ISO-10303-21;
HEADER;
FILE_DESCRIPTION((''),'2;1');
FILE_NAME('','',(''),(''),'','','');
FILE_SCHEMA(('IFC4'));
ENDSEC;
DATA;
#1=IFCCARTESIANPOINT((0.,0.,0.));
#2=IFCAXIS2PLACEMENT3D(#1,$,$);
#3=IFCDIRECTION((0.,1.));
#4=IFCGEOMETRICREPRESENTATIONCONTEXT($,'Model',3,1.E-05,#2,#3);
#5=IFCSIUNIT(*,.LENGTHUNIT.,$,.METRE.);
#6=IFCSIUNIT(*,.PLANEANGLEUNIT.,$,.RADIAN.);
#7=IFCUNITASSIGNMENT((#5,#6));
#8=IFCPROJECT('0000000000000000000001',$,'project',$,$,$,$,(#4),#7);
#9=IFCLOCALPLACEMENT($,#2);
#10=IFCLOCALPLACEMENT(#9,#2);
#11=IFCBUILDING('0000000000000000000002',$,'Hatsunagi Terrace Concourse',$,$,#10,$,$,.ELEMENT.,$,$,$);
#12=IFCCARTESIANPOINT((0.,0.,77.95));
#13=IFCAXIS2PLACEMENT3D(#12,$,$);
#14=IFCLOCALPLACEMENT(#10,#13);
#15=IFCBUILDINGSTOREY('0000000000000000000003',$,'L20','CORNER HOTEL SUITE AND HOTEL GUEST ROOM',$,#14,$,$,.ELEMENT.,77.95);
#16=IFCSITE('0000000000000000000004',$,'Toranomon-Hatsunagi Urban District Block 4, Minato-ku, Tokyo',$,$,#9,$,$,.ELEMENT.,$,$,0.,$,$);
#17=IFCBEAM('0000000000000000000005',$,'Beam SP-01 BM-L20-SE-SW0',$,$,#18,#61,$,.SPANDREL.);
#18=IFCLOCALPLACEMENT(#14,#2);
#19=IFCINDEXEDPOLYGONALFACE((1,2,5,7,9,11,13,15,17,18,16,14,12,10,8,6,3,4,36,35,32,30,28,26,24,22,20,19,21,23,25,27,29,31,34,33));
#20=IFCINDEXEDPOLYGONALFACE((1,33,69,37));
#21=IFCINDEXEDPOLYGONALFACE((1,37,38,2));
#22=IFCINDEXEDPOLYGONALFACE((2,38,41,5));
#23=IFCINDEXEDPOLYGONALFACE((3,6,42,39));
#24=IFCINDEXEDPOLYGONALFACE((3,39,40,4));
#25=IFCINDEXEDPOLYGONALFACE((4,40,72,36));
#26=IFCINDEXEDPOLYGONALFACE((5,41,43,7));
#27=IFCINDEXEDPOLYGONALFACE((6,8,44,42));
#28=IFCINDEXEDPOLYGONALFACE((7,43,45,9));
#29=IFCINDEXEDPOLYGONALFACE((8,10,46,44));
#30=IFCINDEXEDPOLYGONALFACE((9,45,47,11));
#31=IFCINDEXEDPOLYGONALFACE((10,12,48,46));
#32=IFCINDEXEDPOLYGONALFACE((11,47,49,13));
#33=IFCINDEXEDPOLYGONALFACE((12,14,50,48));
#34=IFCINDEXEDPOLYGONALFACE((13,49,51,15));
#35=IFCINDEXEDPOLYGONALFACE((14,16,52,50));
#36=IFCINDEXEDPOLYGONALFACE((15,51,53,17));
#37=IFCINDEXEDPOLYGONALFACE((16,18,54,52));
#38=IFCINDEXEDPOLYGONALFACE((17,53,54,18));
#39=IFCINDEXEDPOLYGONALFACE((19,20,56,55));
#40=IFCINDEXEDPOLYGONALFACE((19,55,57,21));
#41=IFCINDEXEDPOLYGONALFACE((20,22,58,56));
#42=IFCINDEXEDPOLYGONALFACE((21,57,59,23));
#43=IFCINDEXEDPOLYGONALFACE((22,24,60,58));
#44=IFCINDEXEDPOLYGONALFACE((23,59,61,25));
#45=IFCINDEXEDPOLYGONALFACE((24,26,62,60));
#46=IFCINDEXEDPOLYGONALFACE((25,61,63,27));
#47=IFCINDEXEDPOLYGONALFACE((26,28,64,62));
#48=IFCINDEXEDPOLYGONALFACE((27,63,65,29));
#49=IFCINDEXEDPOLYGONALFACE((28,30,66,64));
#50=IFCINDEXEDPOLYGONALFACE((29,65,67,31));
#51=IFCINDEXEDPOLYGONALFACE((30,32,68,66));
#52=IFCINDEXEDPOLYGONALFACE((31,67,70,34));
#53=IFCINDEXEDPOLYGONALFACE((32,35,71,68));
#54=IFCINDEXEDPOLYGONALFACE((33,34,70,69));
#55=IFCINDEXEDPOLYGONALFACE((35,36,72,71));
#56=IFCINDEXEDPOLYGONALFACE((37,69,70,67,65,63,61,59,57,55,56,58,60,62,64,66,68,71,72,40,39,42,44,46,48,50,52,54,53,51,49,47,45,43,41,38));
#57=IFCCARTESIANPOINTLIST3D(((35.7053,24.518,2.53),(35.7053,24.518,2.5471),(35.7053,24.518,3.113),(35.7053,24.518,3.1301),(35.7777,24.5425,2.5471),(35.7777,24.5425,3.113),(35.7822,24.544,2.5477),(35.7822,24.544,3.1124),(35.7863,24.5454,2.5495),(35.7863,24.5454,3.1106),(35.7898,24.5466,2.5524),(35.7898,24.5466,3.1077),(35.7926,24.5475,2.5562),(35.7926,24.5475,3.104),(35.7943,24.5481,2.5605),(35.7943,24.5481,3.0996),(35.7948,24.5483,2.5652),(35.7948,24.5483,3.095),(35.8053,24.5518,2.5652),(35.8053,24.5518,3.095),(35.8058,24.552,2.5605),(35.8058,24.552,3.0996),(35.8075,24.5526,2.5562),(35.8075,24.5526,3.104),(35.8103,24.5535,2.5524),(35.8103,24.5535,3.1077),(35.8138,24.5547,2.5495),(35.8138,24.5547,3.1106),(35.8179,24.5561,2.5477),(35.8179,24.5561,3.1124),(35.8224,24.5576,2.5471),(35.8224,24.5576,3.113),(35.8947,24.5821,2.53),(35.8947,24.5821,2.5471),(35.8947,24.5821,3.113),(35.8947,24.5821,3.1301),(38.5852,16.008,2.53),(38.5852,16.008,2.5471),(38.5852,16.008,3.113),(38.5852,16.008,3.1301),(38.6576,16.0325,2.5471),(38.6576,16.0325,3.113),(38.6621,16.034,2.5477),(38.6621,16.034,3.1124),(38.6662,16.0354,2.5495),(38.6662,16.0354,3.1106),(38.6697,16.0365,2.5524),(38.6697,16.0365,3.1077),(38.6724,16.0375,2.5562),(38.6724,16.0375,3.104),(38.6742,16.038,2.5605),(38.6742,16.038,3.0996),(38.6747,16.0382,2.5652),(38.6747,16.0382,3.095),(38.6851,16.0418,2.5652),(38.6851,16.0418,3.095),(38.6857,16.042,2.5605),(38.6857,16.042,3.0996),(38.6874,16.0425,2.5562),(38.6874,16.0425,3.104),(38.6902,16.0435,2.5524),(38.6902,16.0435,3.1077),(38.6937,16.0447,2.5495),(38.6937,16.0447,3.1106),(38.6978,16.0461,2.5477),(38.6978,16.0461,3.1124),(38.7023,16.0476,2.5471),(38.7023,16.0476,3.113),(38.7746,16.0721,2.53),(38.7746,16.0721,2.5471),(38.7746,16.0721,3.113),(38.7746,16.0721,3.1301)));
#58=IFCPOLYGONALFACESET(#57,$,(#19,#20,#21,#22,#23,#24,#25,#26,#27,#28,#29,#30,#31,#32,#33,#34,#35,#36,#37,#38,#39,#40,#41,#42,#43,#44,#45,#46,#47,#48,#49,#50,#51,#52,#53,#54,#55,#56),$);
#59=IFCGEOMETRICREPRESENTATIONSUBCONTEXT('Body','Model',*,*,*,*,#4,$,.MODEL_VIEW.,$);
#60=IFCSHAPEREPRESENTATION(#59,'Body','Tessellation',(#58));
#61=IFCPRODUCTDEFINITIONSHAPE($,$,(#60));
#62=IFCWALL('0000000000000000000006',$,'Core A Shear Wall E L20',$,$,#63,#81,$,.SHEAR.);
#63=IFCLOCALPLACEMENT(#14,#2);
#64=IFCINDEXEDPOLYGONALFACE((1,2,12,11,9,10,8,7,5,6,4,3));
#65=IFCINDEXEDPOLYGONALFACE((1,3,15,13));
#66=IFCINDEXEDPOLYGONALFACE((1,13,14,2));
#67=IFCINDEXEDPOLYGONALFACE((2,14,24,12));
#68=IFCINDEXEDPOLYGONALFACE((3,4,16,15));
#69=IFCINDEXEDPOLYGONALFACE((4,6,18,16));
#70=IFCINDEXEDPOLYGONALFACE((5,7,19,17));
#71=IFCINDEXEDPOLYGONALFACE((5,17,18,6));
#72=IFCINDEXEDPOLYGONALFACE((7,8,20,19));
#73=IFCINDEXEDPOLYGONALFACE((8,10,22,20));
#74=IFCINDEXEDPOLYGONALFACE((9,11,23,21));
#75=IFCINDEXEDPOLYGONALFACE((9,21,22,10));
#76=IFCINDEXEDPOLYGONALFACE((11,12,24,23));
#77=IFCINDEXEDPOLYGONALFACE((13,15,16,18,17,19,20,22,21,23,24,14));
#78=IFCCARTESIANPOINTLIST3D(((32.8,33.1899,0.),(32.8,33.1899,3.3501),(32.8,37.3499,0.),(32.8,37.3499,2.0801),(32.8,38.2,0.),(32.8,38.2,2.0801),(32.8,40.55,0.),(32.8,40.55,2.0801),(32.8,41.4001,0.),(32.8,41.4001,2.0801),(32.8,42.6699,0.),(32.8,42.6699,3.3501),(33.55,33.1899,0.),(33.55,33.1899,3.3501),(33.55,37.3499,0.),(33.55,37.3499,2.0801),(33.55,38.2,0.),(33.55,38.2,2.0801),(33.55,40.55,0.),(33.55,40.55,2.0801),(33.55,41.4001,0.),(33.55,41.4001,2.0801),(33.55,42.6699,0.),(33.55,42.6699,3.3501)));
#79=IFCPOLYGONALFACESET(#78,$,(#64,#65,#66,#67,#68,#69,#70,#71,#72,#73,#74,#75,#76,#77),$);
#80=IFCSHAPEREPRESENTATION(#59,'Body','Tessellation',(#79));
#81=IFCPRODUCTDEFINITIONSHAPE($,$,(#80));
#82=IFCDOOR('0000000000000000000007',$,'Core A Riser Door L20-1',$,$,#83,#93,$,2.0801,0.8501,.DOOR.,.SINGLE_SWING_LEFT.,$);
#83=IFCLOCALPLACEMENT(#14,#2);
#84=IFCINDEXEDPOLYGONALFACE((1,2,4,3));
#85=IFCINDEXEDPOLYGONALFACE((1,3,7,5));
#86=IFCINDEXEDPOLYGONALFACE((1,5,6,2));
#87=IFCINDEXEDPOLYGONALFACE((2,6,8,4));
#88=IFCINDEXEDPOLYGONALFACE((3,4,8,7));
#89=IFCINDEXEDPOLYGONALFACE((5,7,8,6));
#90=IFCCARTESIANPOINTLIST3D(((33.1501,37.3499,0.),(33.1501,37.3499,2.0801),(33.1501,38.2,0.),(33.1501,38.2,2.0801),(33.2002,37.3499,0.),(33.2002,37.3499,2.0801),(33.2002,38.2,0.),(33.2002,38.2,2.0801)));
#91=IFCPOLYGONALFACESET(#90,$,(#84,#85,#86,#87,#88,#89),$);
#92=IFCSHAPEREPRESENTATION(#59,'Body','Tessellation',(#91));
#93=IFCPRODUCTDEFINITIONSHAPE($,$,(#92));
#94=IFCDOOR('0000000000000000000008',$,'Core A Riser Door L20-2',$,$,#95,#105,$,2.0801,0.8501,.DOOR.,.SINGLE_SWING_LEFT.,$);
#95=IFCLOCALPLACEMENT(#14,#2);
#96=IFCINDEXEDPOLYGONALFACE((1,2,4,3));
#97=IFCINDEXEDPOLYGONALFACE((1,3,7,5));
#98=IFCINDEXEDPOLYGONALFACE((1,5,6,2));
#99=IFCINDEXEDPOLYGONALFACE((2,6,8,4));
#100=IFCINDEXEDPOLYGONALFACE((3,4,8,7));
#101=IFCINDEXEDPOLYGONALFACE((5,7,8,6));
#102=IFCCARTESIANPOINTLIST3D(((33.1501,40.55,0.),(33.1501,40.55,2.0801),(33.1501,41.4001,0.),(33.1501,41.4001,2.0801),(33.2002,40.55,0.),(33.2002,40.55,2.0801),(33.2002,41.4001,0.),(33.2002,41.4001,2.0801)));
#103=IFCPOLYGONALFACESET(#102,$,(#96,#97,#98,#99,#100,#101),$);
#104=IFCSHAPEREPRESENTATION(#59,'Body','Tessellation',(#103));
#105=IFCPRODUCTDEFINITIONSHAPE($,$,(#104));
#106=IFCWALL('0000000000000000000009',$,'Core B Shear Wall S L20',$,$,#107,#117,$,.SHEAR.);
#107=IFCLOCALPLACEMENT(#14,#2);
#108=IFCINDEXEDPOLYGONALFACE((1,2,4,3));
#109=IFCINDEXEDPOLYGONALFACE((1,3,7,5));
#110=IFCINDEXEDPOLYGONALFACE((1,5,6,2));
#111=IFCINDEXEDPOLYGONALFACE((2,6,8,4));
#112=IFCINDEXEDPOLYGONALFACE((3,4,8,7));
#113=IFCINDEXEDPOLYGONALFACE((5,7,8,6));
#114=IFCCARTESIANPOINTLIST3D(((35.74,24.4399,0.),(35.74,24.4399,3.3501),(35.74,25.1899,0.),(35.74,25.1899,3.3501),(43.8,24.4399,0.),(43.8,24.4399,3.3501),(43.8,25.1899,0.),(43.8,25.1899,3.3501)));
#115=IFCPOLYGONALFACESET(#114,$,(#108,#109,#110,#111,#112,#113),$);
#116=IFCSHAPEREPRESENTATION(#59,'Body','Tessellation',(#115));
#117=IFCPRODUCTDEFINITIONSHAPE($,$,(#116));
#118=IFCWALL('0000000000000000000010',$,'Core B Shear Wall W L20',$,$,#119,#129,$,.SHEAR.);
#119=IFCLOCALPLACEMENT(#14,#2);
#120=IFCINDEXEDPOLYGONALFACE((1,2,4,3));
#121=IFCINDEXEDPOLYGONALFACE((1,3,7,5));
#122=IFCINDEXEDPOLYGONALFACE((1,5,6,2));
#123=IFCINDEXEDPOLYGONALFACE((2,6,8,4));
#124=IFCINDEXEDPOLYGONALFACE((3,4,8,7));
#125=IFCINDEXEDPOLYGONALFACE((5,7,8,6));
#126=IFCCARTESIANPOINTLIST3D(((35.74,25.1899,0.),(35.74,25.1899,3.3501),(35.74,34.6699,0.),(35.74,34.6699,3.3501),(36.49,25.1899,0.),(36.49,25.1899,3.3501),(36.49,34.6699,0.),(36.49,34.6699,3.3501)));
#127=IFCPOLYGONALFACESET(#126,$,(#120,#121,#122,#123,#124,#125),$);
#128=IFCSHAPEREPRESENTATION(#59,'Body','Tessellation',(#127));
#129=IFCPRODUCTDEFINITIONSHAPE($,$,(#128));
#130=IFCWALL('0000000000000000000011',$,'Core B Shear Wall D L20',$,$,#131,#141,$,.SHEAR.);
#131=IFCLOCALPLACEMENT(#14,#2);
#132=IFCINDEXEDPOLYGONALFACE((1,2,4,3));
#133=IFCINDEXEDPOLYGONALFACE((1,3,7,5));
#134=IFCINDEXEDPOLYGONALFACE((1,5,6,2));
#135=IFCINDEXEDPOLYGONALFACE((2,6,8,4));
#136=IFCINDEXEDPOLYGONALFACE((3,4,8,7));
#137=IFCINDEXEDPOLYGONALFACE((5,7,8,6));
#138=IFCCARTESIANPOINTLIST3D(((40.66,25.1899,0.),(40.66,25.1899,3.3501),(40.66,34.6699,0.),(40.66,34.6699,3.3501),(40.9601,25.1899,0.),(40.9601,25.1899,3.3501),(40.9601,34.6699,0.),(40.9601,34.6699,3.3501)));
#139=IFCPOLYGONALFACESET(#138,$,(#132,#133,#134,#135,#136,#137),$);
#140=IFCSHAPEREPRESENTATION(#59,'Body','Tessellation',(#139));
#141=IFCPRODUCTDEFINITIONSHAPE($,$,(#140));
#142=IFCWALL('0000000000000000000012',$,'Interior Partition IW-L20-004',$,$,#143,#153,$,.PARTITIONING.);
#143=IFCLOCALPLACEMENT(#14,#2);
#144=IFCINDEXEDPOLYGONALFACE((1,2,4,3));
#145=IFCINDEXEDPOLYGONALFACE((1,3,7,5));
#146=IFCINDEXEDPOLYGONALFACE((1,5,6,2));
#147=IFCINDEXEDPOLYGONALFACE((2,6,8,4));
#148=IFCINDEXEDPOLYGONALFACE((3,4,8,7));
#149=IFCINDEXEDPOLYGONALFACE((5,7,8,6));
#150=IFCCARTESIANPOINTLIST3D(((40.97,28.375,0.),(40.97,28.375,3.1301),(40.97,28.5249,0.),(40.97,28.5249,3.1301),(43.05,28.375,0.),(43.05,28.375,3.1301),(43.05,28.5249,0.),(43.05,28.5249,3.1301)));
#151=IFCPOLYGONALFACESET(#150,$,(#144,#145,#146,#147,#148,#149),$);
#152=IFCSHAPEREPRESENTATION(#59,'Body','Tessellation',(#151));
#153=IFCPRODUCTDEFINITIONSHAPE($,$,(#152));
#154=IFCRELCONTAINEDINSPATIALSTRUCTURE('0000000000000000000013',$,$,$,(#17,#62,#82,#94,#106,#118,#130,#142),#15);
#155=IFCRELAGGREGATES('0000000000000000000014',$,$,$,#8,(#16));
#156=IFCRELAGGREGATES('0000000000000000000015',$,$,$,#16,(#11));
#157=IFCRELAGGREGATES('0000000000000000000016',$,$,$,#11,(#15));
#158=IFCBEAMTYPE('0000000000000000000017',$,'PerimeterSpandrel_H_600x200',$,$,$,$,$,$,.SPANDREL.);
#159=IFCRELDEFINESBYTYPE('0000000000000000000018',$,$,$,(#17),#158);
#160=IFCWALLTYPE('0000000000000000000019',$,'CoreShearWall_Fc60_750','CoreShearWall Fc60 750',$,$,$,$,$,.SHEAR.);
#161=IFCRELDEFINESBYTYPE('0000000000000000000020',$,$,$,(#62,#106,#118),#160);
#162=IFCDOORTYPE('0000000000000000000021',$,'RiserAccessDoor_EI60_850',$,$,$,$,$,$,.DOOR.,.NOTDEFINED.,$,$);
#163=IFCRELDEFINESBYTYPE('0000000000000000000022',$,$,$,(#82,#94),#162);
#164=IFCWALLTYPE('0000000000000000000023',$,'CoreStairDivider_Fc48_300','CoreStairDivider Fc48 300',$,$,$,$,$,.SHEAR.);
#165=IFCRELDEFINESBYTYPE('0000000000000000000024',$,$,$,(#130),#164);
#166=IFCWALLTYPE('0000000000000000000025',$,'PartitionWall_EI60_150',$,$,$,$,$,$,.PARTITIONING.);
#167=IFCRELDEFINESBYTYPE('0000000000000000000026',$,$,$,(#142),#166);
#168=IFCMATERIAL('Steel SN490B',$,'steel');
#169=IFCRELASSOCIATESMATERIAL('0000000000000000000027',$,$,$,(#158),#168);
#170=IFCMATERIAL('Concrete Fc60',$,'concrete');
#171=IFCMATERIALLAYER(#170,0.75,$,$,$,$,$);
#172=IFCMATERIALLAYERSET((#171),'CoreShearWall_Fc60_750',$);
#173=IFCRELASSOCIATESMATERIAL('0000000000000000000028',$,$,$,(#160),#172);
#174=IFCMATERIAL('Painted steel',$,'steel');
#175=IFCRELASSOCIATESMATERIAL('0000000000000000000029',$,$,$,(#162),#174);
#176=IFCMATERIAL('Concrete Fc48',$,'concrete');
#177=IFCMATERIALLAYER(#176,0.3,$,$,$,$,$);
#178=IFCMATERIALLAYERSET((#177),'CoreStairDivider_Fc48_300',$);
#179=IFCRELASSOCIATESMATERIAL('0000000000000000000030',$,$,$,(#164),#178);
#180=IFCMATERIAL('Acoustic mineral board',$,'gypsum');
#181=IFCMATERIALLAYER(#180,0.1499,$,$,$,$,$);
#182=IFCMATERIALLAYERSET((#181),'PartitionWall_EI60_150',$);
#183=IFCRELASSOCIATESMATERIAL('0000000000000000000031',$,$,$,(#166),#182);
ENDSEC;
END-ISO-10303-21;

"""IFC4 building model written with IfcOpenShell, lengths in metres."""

from ifc_helpers import new_model, si_unit, direction, frame, frame_2d, origin, origin_2d, place, context, subcontext, project, spatial, rectangle, i_section, extrude, material, layer, layer_set, material_profile, profile_set, type_object, element, fill, save


model = new_model("IFC4")

# Units and contexts
model_context = context("Model", 3, precision=1e-05, world=origin(), true_north=direction((0.0, 1.0)))
body_context = subcontext(model_context, "Body", "Model", "MODEL_VIEW")
ifc_project = project(units=[si_unit("LENGTHUNIT", "METRE"), si_unit("PLANEANGLEUNIT", "RADIAN")], contexts=[model_context])

# Site, building, storey
site_placement = place(None, origin())
site = spatial("IfcSite", under=ifc_project, at=site_placement, Name="Toranomon-Hatsunagi Urban District Block 4, Minato-ku, Tokyo", CompositionType="ELEMENT", RefElevation=0.0)
building_placement = place(site_placement, origin())
building = spatial("IfcBuilding", under=site, at=building_placement, Name="Hatsunagi Terrace Concourse", CompositionType="ELEMENT")
storey_placement = place(building_placement, frame((0.0, 0.0, 77.95)))
storey = spatial("IfcBuildingStorey", under=building, at=storey_placement, Name="L20", Description="CORNER HOTEL SUITE AND HOTEL GUEST ROOM", CompositionType="ELEMENT", Elevation=77.95)

# Beam
ifc_material_1 = material(Name="Steel SN490B", Category="steel")
ifc_material_profile_1 = material_profile(ifc_material_1, i_section(OverallWidth=0.2, OverallDepth=0.6001, WebThickness=0.011, FlangeThickness=0.0171, FilletRadius=0.0181, at=origin_2d()), Name="H-600x200x11x17")
ifc_profile_set_1 = profile_set([ifc_material_profile_1], Name="Steel SN490B")
beam_type_1 = type_object("IfcBeamType", Name="PerimeterSpandrel_H_600x200", PredefinedType="SPANDREL", material=ifc_profile_set_1)
beam_1_placement = place(storey_placement, frame((35.8, 24.55, 2.8301), z_axis=(0.320553, -0.94723, 0.0), x_axis=(0.94723, 0.320553, 0.0)))
element("IfcBeam", 1, at=beam_1_placement, inside=storey, type_object=beam_type_1, Name="Beam SP-01 BM-L20-SE-SW0", PredefinedType="SPANDREL", context=body_context, shape_type="SweptSolid", body=[
    extrude(i_section(OverallWidth=0.2, OverallDepth=0.6001, WebThickness=0.011, FlangeThickness=0.0171, FilletRadius=0.0181, at=origin_2d()), origin(), (0.0, 0.0, 1.0), 8.9841),
])

# Wall, openings, doors
ifc_material_2 = material(Name="Concrete Fc60", Category="concrete")
ifc_layer_1 = layer(ifc_material_2, 0.75)
ifc_layer_set_1 = layer_set([ifc_layer_1], Name="CoreShearWall_Fc60_750")
wall_type_1 = type_object("IfcWallType", Name="CoreShearWall_Fc60_750", Description="CoreShearWall Fc60 750", PredefinedType="SHEAR", material=ifc_layer_set_1)
wall_1_placement = place(storey_placement, frame((33.175, 33.1899, 0.0), z_axis=(0.0, 0.0, 1.0), x_axis=(0.0, 1.0, 0.0)))
wall_1 = element("IfcWall", 2, at=wall_1_placement, inside=storey, type_object=wall_type_1, Name="Core A Shear Wall E L20", PredefinedType="SHEAR", context=body_context, shape_type="SweptSolid", body=[
    extrude(rectangle(XDim=9.48, YDim=0.75, at=frame_2d((4.74, 0.0))), origin(), (0.0, 0.0, 1.0), 3.3501),
])
opening_1_placement = place(wall_1_placement, frame((4.1599, 0.0, 0.0)))
opening_1 = element("IfcOpeningElement", 3, at=opening_1_placement, cuts=wall_1, PredefinedType="OPENING", context=body_context, shape_type="SweptSolid", body=[
    extrude(rectangle(XDim=0.8501, YDim=2.0801, at=frame_2d((0.425, 1.04))), frame((0.0, 0.385, 0.0), z_axis=(0.0, -1.0, 0.0), x_axis=(1.0, 0.0, 0.0)), (0.0, 0.0, 1.0), 0.77),
])
opening_2_placement = place(wall_1_placement, frame((7.3601, 0.0, 0.0)))
opening_2 = element("IfcOpeningElement", 4, at=opening_2_placement, cuts=wall_1, PredefinedType="OPENING", context=body_context, shape_type="SweptSolid", body=[
    extrude(rectangle(XDim=0.8501, YDim=2.0801, at=frame_2d((0.425, 1.04))), frame((0.0, 0.385, 0.0), z_axis=(0.0, -1.0, 0.0), x_axis=(1.0, 0.0, 0.0)), (0.0, 0.0, 1.0), 0.77),
])
ifc_material_3 = material(Name="Painted steel", Category="steel")
door_type = type_object("IfcDoorType", Name="RiserAccessDoor_EI60_850", OperationType="NOTDEFINED", PredefinedType="DOOR", material=ifc_material_3)
door_1_placement = place(opening_1_placement, origin())
door_1 = element("IfcDoor", 5, at=door_1_placement, inside=storey, type_object=door_type, Name="Core A Riser Door L20-1", OperationType="SINGLE_SWING_LEFT", OverallHeight=2.0801, OverallWidth=0.8501, PredefinedType="DOOR", context=body_context, shape_type="SweptSolid", body=[
    extrude(rectangle(XDim=0.8501, YDim=2.0801, at=frame_2d((0.425, 1.04))), frame((0.0, 0.0249, 0.0), z_axis=(0.0, -1.0, 0.0), x_axis=(1.0, 0.0, 0.0)), (0.0, 0.0, 1.0), 0.05),
])
fill(opening_1, door_1)
door_2_placement = place(opening_2_placement, origin())
door_2 = element("IfcDoor", 6, at=door_2_placement, inside=storey, type_object=door_type, Name="Core A Riser Door L20-2", OperationType="SINGLE_SWING_LEFT", OverallHeight=2.0801, OverallWidth=0.8501, PredefinedType="DOOR", context=body_context, shape_type="SweptSolid", body=[
    extrude(rectangle(XDim=0.8501, YDim=2.0801, at=frame_2d((0.425, 1.04))), frame((0.0, 0.0249, 0.0), z_axis=(0.0, -1.0, 0.0), x_axis=(1.0, 0.0, 0.0)), (0.0, 0.0, 1.0), 0.05),
])
fill(opening_2, door_2)

# Walls
wall_2_placement = place(storey_placement, frame((35.74, 24.8149, 0.0), z_axis=(0.0, 0.0, 1.0), x_axis=(1.0, 0.0, 0.0)))
element("IfcWall", 7, at=wall_2_placement, inside=storey, type_object=wall_type_1, Name="Core B Shear Wall S L20", PredefinedType="SHEAR", context=body_context, shape_type="SweptSolid", body=[
    extrude(rectangle(XDim=8.0601, YDim=0.75, at=frame_2d((4.03, 0.0))), origin(), (0.0, 0.0, 1.0), 3.3501),
])
wall_3_placement = place(storey_placement, frame((36.115, 25.1899, 0.0), z_axis=(0.0, 0.0, 1.0), x_axis=(0.0, 1.0, 0.0)))
element("IfcWall", 8, at=wall_3_placement, inside=storey, type_object=wall_type_1, Name="Core B Shear Wall W L20", PredefinedType="SHEAR", context=body_context, shape_type="SweptSolid", body=[
    extrude(rectangle(XDim=9.48, YDim=0.75, at=frame_2d((4.74, 0.0))), origin(), (0.0, 0.0, 1.0), 3.3501),
])
ifc_material_4 = material(Name="Concrete Fc48", Category="concrete")
ifc_layer_2 = layer(ifc_material_4, 0.3)
ifc_layer_set_2 = layer_set([ifc_layer_2], Name="CoreStairDivider_Fc48_300")
wall_type_2 = type_object("IfcWallType", Name="CoreStairDivider_Fc48_300", Description="CoreStairDivider Fc48 300", PredefinedType="SHEAR", material=ifc_layer_set_2)
wall_4_placement = place(storey_placement, frame((40.8101, 25.1899, 0.0), z_axis=(0.0, 0.0, 1.0), x_axis=(0.0, 1.0, 0.0)))
element("IfcWall", 9, at=wall_4_placement, inside=storey, type_object=wall_type_2, Name="Core B Shear Wall D L20", PredefinedType="SHEAR", context=body_context, shape_type="SweptSolid", body=[
    extrude(rectangle(XDim=9.48, YDim=0.3, at=frame_2d((4.74, 0.0))), origin(), (0.0, 0.0, 1.0), 3.3501),
])
ifc_material_5 = material(Name="Acoustic mineral board", Category="gypsum")
ifc_layer_3 = layer(ifc_material_5, 0.1499)
ifc_layer_set_3 = layer_set([ifc_layer_3], Name="PartitionWall_EI60_150")
wall_type_3 = type_object("IfcWallType", Name="PartitionWall_EI60_150", PredefinedType="PARTITIONING", material=ifc_layer_set_3)
wall_5_placement = place(storey_placement, frame((40.97, 28.45, 0.0), z_axis=(0.0, 0.0, 1.0), x_axis=(1.0, 0.0, 0.0)))
element("IfcWall", 10, at=wall_5_placement, inside=storey, type_object=wall_type_3, Name="Interior Partition IW-L20-004", PredefinedType="PARTITIONING", context=body_context, shape_type="SweptSolid", body=[
    extrude(rectangle(XDim=2.0801, YDim=0.1499, at=frame_2d((1.04, 0.0))), origin(), (0.0, 0.0, 1.0), 3.1301),
])

save(model, "model.ifc")
